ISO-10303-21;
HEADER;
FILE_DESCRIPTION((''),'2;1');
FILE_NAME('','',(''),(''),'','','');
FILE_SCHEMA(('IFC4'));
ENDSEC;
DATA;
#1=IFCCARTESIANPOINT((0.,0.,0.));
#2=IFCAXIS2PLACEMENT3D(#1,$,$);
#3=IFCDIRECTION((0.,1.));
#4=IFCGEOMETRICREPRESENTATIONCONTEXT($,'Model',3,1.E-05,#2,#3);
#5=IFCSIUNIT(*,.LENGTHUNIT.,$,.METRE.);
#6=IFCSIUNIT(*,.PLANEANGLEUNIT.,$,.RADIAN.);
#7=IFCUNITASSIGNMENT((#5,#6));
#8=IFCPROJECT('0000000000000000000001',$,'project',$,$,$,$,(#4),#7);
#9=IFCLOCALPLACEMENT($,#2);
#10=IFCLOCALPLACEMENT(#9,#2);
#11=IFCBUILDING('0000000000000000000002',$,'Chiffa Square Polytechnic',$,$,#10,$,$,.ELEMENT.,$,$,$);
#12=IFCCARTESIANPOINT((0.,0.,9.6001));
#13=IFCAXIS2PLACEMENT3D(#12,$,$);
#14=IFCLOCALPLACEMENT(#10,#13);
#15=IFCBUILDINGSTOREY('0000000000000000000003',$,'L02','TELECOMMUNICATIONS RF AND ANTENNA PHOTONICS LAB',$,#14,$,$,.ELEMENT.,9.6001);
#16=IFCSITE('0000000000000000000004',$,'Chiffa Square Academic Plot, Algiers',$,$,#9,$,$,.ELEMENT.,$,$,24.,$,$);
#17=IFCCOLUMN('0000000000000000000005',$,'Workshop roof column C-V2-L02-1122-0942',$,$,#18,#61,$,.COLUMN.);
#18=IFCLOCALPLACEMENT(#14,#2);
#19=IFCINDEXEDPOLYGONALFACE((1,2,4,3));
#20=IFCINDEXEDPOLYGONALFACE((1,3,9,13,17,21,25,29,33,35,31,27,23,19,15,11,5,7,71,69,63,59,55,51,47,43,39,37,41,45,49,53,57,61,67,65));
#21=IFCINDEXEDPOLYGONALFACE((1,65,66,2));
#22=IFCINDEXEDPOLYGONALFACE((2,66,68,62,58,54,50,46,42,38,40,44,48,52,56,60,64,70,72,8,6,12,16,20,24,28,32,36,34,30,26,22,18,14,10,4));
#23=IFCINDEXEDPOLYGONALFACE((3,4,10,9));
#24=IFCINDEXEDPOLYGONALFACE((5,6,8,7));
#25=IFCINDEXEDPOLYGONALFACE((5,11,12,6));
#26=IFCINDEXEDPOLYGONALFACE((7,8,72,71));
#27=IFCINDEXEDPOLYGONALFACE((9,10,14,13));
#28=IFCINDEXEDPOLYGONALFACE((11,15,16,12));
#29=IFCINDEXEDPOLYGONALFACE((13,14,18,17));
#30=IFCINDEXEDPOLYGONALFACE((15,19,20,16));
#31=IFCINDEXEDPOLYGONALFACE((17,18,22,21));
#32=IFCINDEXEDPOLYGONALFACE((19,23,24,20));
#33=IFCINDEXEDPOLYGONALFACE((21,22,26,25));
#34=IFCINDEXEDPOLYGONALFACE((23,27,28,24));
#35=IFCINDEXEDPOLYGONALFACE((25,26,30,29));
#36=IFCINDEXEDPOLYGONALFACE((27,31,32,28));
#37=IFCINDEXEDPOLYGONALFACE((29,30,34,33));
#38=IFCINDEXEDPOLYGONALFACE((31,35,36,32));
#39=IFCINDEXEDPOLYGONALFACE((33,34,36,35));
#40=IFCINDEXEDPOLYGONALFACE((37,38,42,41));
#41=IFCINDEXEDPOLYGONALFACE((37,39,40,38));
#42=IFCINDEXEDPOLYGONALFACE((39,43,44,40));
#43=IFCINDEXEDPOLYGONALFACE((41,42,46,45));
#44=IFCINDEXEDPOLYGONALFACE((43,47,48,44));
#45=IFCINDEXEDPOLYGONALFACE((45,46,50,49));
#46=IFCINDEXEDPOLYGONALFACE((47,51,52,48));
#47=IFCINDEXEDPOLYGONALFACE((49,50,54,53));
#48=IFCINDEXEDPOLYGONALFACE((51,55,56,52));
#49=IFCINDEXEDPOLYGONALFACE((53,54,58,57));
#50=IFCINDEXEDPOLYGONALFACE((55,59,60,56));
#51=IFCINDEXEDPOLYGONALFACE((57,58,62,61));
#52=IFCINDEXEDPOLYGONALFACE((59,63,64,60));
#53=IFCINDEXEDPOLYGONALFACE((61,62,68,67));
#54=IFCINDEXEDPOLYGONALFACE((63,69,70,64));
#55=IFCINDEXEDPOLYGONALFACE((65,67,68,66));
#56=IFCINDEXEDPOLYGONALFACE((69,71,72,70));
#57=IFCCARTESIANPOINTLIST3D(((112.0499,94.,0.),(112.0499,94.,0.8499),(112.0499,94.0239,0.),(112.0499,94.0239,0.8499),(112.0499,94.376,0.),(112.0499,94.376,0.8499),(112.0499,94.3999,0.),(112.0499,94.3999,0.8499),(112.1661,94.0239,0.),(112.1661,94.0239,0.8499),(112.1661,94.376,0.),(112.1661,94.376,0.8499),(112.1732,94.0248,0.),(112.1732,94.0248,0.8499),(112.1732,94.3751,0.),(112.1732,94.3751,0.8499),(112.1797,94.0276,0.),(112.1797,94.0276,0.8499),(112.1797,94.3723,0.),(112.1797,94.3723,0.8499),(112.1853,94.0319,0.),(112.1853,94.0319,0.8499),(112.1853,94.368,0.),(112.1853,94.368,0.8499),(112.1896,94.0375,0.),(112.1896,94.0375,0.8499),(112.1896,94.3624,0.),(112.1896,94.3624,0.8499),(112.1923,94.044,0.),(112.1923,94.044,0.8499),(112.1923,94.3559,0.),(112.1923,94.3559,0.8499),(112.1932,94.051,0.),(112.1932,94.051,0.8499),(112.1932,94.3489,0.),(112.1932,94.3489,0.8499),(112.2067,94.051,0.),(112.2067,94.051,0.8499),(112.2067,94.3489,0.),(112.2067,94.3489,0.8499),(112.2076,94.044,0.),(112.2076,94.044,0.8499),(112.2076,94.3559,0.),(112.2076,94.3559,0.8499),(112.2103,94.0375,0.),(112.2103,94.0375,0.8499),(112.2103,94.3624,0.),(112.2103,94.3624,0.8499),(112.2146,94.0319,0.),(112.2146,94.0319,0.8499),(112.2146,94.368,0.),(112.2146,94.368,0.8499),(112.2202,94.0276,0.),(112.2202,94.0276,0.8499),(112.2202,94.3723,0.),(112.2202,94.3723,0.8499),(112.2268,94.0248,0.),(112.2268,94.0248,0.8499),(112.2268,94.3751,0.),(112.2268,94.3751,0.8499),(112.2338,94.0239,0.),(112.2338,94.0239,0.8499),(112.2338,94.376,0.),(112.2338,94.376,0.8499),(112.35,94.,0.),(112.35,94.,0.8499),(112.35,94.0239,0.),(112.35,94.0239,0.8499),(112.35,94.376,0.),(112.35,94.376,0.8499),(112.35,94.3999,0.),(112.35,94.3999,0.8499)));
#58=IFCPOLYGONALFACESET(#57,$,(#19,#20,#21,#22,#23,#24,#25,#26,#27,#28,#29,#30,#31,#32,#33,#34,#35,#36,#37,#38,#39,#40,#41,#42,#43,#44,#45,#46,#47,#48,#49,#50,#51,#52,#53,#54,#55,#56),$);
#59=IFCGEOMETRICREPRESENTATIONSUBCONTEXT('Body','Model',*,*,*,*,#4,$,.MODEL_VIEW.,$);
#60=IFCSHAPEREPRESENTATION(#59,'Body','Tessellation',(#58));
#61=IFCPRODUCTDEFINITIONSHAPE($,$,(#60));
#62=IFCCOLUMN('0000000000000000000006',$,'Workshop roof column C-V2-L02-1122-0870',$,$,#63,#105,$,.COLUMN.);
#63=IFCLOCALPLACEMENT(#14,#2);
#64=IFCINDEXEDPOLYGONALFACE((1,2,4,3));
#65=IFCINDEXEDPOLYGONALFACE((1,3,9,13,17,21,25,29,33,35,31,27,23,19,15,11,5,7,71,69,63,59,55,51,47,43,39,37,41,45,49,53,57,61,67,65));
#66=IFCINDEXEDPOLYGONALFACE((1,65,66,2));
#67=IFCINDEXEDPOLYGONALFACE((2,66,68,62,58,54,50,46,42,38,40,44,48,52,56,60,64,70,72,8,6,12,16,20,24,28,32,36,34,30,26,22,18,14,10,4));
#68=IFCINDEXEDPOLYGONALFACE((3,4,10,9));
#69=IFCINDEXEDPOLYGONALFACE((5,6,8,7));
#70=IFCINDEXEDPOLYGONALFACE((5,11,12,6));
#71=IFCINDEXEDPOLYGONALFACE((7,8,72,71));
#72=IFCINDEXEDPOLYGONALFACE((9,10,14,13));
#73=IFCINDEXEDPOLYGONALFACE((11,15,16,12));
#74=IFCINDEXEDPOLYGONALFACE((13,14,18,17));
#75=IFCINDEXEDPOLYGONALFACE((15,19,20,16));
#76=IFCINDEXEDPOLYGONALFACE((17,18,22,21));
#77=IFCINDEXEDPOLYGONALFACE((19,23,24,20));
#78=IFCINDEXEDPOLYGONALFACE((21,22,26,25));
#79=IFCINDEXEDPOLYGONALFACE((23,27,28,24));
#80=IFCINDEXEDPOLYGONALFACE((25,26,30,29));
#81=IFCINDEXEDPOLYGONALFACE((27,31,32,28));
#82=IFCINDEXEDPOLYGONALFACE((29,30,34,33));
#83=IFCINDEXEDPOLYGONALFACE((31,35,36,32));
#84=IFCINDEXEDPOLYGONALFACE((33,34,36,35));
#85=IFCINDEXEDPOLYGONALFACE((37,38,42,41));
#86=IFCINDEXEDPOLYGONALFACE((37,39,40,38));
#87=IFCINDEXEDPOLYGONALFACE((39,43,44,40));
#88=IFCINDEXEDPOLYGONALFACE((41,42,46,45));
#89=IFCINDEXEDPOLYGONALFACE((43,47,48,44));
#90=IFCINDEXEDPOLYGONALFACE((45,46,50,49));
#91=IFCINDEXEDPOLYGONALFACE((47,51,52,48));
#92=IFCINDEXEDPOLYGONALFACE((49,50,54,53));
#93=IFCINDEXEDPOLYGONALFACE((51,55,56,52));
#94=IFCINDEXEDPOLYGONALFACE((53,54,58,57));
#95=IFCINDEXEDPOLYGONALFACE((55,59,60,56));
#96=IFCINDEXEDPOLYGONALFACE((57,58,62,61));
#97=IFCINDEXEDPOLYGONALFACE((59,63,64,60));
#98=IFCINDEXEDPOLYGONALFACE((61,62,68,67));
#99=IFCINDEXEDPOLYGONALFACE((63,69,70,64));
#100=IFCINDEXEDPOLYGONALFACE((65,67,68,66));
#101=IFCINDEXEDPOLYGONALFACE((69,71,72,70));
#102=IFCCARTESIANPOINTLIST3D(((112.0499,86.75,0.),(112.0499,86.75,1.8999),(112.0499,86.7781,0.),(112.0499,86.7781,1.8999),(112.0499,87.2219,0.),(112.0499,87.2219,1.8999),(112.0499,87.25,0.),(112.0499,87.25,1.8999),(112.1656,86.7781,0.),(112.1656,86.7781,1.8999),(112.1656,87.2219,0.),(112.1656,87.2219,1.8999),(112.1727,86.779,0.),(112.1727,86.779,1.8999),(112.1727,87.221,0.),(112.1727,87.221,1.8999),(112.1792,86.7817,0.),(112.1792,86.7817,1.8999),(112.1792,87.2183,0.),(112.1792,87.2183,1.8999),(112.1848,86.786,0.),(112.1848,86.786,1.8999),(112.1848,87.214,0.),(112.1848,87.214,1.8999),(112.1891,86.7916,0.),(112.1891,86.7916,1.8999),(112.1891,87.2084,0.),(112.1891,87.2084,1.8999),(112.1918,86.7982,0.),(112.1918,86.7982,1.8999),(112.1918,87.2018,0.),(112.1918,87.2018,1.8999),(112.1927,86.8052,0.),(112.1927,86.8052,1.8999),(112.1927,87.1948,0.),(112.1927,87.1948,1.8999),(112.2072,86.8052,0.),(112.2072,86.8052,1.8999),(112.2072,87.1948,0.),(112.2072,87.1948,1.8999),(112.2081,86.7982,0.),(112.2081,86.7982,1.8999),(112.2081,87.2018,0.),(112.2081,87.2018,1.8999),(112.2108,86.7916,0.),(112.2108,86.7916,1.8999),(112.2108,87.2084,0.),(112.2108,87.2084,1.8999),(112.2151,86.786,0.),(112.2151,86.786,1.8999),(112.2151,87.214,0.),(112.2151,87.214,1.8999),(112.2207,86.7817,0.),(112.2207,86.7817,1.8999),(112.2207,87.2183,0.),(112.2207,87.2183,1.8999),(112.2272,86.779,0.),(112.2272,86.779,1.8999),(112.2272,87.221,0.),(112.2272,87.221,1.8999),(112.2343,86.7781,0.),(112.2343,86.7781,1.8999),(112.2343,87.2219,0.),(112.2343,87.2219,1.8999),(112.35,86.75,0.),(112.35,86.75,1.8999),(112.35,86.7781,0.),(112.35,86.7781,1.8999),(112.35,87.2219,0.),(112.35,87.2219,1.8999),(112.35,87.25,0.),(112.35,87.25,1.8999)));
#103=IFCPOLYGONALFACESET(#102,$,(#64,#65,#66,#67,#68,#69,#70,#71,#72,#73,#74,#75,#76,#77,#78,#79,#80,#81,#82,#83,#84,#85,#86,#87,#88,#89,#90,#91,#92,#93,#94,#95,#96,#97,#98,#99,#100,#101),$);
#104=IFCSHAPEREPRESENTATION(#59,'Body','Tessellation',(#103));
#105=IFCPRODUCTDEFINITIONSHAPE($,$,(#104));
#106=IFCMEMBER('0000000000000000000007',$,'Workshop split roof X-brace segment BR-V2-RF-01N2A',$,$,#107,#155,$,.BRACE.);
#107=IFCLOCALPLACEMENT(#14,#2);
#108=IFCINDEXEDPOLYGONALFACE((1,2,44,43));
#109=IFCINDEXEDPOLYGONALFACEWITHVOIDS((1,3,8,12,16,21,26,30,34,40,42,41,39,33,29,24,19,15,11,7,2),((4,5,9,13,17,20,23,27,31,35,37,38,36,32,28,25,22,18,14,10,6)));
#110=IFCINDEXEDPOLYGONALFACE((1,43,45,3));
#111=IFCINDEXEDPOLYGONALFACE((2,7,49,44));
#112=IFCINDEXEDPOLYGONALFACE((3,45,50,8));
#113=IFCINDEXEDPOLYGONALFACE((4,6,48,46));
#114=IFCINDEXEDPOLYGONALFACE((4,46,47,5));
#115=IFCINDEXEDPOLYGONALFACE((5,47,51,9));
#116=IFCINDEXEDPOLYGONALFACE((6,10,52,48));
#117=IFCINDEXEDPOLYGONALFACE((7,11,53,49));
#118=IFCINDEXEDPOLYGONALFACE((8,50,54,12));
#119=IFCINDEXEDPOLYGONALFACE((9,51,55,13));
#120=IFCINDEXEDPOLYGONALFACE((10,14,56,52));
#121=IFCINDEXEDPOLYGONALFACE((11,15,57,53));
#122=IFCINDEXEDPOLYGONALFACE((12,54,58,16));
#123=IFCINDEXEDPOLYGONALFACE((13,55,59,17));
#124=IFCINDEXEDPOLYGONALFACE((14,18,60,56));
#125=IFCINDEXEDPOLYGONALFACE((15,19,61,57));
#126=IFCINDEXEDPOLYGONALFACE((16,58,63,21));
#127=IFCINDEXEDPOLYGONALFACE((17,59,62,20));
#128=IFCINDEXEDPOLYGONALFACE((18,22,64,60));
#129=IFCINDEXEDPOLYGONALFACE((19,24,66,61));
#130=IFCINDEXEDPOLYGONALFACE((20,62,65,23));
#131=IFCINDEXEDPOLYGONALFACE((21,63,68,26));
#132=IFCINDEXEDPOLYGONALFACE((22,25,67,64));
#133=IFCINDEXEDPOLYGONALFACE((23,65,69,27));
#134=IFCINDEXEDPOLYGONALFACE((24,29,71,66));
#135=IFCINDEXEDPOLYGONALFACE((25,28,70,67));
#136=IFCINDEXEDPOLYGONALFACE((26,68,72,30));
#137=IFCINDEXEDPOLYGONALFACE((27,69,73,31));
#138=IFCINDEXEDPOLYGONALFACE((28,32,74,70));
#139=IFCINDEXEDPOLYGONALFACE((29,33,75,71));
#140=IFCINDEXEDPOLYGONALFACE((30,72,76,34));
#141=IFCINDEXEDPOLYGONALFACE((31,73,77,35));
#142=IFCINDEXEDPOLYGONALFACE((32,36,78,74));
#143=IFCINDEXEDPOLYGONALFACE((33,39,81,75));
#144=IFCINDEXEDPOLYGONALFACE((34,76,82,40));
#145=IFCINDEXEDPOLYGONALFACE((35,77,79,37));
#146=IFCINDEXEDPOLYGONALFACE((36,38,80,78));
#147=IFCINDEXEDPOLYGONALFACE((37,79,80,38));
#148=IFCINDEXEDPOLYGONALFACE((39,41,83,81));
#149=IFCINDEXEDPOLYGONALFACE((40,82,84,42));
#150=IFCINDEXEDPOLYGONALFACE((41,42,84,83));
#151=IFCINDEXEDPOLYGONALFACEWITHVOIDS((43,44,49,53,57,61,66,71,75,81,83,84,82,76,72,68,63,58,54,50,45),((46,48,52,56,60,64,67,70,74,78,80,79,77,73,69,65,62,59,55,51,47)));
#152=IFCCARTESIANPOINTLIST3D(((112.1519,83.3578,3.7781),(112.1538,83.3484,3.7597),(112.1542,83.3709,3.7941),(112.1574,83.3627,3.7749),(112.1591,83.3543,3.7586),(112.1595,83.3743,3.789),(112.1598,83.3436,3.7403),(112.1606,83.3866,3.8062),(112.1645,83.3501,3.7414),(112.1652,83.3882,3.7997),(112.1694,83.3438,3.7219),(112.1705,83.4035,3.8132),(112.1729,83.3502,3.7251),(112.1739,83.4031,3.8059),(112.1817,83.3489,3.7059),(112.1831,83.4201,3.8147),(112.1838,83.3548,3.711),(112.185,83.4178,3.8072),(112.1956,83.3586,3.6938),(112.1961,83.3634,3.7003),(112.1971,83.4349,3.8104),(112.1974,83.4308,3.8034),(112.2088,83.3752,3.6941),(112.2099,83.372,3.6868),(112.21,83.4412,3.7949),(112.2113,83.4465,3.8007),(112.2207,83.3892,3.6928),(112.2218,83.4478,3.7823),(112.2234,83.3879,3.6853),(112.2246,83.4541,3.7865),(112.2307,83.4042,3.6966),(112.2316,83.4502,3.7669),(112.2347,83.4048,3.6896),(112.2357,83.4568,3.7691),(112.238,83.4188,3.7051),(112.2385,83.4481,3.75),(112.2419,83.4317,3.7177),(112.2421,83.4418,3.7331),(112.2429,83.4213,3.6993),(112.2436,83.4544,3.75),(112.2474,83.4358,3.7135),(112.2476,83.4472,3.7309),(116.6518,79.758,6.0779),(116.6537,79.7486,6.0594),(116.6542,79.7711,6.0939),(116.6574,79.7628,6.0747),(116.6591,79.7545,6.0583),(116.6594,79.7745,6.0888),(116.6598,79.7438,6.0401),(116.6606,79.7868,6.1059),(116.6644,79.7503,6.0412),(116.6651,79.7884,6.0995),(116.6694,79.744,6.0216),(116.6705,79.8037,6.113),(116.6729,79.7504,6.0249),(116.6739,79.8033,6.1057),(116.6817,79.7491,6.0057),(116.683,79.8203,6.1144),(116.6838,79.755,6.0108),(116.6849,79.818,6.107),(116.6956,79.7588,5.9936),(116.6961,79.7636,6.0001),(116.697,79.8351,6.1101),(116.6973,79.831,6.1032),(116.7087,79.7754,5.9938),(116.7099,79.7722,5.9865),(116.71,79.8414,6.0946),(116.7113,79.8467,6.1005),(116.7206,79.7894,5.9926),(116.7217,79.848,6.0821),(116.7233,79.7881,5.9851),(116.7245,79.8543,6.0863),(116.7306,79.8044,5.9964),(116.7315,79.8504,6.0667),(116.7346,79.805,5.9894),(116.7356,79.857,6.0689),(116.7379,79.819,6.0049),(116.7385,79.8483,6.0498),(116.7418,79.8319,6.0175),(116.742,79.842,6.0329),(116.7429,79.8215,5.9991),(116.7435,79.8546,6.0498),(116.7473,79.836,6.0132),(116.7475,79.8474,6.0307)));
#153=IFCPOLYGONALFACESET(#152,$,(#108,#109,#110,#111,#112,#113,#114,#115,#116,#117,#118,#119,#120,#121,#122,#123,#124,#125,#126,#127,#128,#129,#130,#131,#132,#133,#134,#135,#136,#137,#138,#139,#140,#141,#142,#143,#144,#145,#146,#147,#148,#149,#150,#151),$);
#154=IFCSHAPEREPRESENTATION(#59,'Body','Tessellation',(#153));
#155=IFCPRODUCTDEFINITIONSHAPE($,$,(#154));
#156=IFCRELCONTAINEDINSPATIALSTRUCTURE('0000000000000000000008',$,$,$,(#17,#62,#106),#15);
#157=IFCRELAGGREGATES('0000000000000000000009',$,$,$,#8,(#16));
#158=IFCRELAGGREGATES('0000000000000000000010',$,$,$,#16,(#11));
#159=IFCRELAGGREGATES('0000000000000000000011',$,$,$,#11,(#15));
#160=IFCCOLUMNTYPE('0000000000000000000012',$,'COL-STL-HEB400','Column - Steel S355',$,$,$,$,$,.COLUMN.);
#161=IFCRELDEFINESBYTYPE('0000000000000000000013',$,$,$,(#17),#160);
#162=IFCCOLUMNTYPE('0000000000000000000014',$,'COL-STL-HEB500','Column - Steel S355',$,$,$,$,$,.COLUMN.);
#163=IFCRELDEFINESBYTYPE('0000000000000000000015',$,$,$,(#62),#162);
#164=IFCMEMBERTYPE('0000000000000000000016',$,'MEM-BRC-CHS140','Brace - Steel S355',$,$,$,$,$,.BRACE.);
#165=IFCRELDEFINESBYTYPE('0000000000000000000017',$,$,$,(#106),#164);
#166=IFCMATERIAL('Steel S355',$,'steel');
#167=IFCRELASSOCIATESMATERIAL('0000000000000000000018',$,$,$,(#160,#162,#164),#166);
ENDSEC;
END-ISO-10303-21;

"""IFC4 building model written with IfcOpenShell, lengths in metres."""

from ifc_helpers import new_model, si_unit, direction, frame, origin, origin_2d, place, context, subcontext, project, spatial, hollow_circle, i_section, extrude, material, material_profile, profile_set, type_object, element, save


model = new_model("IFC4")

# Units and contexts
model_context = context("Model", 3, precision=1e-05, world=origin(), true_north=direction((0.0, 1.0)))
body_context = subcontext(model_context, "Body", "Model", "MODEL_VIEW")
ifc_project = project(units=[si_unit("LENGTHUNIT", "METRE"), si_unit("PLANEANGLEUNIT", "RADIAN")], contexts=[model_context])

# Site, building, storey
site_placement = place(None, origin())
site = spatial("IfcSite", under=ifc_project, at=site_placement, Name="Chiffa Square Academic Plot, Algiers", CompositionType="ELEMENT", RefElevation=24.0)
building_placement = place(site_placement, origin())
building = spatial("IfcBuilding", under=site, at=building_placement, Name="Chiffa Square Polytechnic", CompositionType="ELEMENT")
storey_placement = place(building_placement, frame((0.0, 0.0, 9.6001)))
storey = spatial("IfcBuildingStorey", under=building, at=storey_placement, Name="L02", Description="TELECOMMUNICATIONS RF AND ANTENNA PHOTONICS LAB", CompositionType="ELEMENT", Elevation=9.6001)

# Columns
ifc_material_1 = material(Name="Steel S355", Category="steel")
ifc_material_profile_1 = material_profile(ifc_material_1, i_section(OverallWidth=0.3, OverallDepth=0.3999, WebThickness=0.0134, FlangeThickness=0.0239, FilletRadius=0.0271, at=origin_2d()), Name="HEB 400")
ifc_profile_set_1 = profile_set([ifc_material_profile_1], Name="Steel S355")
column_type_1 = type_object("IfcColumnType", Name="COL-STL-HEB400", Description="Column - Steel S355", PredefinedType="COLUMN", material=ifc_profile_set_1)
column_1_placement = place(storey_placement, frame((112.2, 94.2, 0.0), z_axis=(0.0, 0.0, 1.0), x_axis=(1.0, 0.0, 0.0)))
element("IfcColumn", 1, at=column_1_placement, inside=storey, type_object=column_type_1, Name="Workshop roof column C-V2-L02-1122-0942", PredefinedType="COLUMN", context=body_context, shape_type="SweptSolid", body=[
    extrude(i_section(OverallWidth=0.3, OverallDepth=0.3999, WebThickness=0.0134, FlangeThickness=0.0239, FilletRadius=0.0271, at=origin_2d()), origin(), (0.0, 0.0, 1.0), 0.8499),
])
ifc_material_profile_2 = material_profile(ifc_material_1, i_section(OverallWidth=0.3, OverallDepth=0.5, WebThickness=0.0144, FlangeThickness=0.0281, FilletRadius=0.0271, at=origin_2d()), Name="HEB 500")
ifc_profile_set_2 = profile_set([ifc_material_profile_2], Name="Steel S355")
column_type_2 = type_object("IfcColumnType", Name="COL-STL-HEB500", Description="Column - Steel S355", PredefinedType="COLUMN", material=ifc_profile_set_2)
column_2_placement = place(storey_placement, frame((112.2, 87.0, 0.0), z_axis=(0.0, 0.0, 1.0), x_axis=(1.0, 0.0, 0.0)))
element("IfcColumn", 2, at=column_2_placement, inside=storey, type_object=column_type_2, Name="Workshop roof column C-V2-L02-1122-0870", PredefinedType="COLUMN", context=body_context, shape_type="SweptSolid", body=[
    extrude(i_section(OverallWidth=0.3, OverallDepth=0.5, WebThickness=0.0144, FlangeThickness=0.0281, FilletRadius=0.0271, at=origin_2d()), origin(), (0.0, 0.0, 1.0), 1.8999),
])

# Member
ifc_material_profile_3 = material_profile(ifc_material_1, hollow_circle(Radius=0.0698, WallThickness=0.0081, at=origin_2d()), Name="CHS 139.7x8")
ifc_profile_set_3 = profile_set([ifc_material_profile_3], Name="Steel S355")
member_type_1 = type_object("IfcMemberType", Name="MEM-BRC-CHS140", Description="Brace - Steel S355", PredefinedType="BRACE", material=ifc_profile_set_3)
member_1_placement = place(storey_placement, frame((112.2, 83.3999, 3.75), z_axis=(0.725259, -0.580184, 0.370656), x_axis=(0.62468, 0.780881, 0.0)))
element("IfcMember", 3, at=member_1_placement, inside=storey, type_object=member_type_1, Name="Workshop split roof X-brace segment BR-V2-RF-01N2A", PredefinedType="BRACE", context=body_context, shape_type="SweptSolid", body=[
    extrude(hollow_circle(Radius=0.0698, WallThickness=0.0081, at=origin_2d()), origin(), (0.0, 0.0, 1.0), 6.2046),
])

save(model, "model.ifc")
